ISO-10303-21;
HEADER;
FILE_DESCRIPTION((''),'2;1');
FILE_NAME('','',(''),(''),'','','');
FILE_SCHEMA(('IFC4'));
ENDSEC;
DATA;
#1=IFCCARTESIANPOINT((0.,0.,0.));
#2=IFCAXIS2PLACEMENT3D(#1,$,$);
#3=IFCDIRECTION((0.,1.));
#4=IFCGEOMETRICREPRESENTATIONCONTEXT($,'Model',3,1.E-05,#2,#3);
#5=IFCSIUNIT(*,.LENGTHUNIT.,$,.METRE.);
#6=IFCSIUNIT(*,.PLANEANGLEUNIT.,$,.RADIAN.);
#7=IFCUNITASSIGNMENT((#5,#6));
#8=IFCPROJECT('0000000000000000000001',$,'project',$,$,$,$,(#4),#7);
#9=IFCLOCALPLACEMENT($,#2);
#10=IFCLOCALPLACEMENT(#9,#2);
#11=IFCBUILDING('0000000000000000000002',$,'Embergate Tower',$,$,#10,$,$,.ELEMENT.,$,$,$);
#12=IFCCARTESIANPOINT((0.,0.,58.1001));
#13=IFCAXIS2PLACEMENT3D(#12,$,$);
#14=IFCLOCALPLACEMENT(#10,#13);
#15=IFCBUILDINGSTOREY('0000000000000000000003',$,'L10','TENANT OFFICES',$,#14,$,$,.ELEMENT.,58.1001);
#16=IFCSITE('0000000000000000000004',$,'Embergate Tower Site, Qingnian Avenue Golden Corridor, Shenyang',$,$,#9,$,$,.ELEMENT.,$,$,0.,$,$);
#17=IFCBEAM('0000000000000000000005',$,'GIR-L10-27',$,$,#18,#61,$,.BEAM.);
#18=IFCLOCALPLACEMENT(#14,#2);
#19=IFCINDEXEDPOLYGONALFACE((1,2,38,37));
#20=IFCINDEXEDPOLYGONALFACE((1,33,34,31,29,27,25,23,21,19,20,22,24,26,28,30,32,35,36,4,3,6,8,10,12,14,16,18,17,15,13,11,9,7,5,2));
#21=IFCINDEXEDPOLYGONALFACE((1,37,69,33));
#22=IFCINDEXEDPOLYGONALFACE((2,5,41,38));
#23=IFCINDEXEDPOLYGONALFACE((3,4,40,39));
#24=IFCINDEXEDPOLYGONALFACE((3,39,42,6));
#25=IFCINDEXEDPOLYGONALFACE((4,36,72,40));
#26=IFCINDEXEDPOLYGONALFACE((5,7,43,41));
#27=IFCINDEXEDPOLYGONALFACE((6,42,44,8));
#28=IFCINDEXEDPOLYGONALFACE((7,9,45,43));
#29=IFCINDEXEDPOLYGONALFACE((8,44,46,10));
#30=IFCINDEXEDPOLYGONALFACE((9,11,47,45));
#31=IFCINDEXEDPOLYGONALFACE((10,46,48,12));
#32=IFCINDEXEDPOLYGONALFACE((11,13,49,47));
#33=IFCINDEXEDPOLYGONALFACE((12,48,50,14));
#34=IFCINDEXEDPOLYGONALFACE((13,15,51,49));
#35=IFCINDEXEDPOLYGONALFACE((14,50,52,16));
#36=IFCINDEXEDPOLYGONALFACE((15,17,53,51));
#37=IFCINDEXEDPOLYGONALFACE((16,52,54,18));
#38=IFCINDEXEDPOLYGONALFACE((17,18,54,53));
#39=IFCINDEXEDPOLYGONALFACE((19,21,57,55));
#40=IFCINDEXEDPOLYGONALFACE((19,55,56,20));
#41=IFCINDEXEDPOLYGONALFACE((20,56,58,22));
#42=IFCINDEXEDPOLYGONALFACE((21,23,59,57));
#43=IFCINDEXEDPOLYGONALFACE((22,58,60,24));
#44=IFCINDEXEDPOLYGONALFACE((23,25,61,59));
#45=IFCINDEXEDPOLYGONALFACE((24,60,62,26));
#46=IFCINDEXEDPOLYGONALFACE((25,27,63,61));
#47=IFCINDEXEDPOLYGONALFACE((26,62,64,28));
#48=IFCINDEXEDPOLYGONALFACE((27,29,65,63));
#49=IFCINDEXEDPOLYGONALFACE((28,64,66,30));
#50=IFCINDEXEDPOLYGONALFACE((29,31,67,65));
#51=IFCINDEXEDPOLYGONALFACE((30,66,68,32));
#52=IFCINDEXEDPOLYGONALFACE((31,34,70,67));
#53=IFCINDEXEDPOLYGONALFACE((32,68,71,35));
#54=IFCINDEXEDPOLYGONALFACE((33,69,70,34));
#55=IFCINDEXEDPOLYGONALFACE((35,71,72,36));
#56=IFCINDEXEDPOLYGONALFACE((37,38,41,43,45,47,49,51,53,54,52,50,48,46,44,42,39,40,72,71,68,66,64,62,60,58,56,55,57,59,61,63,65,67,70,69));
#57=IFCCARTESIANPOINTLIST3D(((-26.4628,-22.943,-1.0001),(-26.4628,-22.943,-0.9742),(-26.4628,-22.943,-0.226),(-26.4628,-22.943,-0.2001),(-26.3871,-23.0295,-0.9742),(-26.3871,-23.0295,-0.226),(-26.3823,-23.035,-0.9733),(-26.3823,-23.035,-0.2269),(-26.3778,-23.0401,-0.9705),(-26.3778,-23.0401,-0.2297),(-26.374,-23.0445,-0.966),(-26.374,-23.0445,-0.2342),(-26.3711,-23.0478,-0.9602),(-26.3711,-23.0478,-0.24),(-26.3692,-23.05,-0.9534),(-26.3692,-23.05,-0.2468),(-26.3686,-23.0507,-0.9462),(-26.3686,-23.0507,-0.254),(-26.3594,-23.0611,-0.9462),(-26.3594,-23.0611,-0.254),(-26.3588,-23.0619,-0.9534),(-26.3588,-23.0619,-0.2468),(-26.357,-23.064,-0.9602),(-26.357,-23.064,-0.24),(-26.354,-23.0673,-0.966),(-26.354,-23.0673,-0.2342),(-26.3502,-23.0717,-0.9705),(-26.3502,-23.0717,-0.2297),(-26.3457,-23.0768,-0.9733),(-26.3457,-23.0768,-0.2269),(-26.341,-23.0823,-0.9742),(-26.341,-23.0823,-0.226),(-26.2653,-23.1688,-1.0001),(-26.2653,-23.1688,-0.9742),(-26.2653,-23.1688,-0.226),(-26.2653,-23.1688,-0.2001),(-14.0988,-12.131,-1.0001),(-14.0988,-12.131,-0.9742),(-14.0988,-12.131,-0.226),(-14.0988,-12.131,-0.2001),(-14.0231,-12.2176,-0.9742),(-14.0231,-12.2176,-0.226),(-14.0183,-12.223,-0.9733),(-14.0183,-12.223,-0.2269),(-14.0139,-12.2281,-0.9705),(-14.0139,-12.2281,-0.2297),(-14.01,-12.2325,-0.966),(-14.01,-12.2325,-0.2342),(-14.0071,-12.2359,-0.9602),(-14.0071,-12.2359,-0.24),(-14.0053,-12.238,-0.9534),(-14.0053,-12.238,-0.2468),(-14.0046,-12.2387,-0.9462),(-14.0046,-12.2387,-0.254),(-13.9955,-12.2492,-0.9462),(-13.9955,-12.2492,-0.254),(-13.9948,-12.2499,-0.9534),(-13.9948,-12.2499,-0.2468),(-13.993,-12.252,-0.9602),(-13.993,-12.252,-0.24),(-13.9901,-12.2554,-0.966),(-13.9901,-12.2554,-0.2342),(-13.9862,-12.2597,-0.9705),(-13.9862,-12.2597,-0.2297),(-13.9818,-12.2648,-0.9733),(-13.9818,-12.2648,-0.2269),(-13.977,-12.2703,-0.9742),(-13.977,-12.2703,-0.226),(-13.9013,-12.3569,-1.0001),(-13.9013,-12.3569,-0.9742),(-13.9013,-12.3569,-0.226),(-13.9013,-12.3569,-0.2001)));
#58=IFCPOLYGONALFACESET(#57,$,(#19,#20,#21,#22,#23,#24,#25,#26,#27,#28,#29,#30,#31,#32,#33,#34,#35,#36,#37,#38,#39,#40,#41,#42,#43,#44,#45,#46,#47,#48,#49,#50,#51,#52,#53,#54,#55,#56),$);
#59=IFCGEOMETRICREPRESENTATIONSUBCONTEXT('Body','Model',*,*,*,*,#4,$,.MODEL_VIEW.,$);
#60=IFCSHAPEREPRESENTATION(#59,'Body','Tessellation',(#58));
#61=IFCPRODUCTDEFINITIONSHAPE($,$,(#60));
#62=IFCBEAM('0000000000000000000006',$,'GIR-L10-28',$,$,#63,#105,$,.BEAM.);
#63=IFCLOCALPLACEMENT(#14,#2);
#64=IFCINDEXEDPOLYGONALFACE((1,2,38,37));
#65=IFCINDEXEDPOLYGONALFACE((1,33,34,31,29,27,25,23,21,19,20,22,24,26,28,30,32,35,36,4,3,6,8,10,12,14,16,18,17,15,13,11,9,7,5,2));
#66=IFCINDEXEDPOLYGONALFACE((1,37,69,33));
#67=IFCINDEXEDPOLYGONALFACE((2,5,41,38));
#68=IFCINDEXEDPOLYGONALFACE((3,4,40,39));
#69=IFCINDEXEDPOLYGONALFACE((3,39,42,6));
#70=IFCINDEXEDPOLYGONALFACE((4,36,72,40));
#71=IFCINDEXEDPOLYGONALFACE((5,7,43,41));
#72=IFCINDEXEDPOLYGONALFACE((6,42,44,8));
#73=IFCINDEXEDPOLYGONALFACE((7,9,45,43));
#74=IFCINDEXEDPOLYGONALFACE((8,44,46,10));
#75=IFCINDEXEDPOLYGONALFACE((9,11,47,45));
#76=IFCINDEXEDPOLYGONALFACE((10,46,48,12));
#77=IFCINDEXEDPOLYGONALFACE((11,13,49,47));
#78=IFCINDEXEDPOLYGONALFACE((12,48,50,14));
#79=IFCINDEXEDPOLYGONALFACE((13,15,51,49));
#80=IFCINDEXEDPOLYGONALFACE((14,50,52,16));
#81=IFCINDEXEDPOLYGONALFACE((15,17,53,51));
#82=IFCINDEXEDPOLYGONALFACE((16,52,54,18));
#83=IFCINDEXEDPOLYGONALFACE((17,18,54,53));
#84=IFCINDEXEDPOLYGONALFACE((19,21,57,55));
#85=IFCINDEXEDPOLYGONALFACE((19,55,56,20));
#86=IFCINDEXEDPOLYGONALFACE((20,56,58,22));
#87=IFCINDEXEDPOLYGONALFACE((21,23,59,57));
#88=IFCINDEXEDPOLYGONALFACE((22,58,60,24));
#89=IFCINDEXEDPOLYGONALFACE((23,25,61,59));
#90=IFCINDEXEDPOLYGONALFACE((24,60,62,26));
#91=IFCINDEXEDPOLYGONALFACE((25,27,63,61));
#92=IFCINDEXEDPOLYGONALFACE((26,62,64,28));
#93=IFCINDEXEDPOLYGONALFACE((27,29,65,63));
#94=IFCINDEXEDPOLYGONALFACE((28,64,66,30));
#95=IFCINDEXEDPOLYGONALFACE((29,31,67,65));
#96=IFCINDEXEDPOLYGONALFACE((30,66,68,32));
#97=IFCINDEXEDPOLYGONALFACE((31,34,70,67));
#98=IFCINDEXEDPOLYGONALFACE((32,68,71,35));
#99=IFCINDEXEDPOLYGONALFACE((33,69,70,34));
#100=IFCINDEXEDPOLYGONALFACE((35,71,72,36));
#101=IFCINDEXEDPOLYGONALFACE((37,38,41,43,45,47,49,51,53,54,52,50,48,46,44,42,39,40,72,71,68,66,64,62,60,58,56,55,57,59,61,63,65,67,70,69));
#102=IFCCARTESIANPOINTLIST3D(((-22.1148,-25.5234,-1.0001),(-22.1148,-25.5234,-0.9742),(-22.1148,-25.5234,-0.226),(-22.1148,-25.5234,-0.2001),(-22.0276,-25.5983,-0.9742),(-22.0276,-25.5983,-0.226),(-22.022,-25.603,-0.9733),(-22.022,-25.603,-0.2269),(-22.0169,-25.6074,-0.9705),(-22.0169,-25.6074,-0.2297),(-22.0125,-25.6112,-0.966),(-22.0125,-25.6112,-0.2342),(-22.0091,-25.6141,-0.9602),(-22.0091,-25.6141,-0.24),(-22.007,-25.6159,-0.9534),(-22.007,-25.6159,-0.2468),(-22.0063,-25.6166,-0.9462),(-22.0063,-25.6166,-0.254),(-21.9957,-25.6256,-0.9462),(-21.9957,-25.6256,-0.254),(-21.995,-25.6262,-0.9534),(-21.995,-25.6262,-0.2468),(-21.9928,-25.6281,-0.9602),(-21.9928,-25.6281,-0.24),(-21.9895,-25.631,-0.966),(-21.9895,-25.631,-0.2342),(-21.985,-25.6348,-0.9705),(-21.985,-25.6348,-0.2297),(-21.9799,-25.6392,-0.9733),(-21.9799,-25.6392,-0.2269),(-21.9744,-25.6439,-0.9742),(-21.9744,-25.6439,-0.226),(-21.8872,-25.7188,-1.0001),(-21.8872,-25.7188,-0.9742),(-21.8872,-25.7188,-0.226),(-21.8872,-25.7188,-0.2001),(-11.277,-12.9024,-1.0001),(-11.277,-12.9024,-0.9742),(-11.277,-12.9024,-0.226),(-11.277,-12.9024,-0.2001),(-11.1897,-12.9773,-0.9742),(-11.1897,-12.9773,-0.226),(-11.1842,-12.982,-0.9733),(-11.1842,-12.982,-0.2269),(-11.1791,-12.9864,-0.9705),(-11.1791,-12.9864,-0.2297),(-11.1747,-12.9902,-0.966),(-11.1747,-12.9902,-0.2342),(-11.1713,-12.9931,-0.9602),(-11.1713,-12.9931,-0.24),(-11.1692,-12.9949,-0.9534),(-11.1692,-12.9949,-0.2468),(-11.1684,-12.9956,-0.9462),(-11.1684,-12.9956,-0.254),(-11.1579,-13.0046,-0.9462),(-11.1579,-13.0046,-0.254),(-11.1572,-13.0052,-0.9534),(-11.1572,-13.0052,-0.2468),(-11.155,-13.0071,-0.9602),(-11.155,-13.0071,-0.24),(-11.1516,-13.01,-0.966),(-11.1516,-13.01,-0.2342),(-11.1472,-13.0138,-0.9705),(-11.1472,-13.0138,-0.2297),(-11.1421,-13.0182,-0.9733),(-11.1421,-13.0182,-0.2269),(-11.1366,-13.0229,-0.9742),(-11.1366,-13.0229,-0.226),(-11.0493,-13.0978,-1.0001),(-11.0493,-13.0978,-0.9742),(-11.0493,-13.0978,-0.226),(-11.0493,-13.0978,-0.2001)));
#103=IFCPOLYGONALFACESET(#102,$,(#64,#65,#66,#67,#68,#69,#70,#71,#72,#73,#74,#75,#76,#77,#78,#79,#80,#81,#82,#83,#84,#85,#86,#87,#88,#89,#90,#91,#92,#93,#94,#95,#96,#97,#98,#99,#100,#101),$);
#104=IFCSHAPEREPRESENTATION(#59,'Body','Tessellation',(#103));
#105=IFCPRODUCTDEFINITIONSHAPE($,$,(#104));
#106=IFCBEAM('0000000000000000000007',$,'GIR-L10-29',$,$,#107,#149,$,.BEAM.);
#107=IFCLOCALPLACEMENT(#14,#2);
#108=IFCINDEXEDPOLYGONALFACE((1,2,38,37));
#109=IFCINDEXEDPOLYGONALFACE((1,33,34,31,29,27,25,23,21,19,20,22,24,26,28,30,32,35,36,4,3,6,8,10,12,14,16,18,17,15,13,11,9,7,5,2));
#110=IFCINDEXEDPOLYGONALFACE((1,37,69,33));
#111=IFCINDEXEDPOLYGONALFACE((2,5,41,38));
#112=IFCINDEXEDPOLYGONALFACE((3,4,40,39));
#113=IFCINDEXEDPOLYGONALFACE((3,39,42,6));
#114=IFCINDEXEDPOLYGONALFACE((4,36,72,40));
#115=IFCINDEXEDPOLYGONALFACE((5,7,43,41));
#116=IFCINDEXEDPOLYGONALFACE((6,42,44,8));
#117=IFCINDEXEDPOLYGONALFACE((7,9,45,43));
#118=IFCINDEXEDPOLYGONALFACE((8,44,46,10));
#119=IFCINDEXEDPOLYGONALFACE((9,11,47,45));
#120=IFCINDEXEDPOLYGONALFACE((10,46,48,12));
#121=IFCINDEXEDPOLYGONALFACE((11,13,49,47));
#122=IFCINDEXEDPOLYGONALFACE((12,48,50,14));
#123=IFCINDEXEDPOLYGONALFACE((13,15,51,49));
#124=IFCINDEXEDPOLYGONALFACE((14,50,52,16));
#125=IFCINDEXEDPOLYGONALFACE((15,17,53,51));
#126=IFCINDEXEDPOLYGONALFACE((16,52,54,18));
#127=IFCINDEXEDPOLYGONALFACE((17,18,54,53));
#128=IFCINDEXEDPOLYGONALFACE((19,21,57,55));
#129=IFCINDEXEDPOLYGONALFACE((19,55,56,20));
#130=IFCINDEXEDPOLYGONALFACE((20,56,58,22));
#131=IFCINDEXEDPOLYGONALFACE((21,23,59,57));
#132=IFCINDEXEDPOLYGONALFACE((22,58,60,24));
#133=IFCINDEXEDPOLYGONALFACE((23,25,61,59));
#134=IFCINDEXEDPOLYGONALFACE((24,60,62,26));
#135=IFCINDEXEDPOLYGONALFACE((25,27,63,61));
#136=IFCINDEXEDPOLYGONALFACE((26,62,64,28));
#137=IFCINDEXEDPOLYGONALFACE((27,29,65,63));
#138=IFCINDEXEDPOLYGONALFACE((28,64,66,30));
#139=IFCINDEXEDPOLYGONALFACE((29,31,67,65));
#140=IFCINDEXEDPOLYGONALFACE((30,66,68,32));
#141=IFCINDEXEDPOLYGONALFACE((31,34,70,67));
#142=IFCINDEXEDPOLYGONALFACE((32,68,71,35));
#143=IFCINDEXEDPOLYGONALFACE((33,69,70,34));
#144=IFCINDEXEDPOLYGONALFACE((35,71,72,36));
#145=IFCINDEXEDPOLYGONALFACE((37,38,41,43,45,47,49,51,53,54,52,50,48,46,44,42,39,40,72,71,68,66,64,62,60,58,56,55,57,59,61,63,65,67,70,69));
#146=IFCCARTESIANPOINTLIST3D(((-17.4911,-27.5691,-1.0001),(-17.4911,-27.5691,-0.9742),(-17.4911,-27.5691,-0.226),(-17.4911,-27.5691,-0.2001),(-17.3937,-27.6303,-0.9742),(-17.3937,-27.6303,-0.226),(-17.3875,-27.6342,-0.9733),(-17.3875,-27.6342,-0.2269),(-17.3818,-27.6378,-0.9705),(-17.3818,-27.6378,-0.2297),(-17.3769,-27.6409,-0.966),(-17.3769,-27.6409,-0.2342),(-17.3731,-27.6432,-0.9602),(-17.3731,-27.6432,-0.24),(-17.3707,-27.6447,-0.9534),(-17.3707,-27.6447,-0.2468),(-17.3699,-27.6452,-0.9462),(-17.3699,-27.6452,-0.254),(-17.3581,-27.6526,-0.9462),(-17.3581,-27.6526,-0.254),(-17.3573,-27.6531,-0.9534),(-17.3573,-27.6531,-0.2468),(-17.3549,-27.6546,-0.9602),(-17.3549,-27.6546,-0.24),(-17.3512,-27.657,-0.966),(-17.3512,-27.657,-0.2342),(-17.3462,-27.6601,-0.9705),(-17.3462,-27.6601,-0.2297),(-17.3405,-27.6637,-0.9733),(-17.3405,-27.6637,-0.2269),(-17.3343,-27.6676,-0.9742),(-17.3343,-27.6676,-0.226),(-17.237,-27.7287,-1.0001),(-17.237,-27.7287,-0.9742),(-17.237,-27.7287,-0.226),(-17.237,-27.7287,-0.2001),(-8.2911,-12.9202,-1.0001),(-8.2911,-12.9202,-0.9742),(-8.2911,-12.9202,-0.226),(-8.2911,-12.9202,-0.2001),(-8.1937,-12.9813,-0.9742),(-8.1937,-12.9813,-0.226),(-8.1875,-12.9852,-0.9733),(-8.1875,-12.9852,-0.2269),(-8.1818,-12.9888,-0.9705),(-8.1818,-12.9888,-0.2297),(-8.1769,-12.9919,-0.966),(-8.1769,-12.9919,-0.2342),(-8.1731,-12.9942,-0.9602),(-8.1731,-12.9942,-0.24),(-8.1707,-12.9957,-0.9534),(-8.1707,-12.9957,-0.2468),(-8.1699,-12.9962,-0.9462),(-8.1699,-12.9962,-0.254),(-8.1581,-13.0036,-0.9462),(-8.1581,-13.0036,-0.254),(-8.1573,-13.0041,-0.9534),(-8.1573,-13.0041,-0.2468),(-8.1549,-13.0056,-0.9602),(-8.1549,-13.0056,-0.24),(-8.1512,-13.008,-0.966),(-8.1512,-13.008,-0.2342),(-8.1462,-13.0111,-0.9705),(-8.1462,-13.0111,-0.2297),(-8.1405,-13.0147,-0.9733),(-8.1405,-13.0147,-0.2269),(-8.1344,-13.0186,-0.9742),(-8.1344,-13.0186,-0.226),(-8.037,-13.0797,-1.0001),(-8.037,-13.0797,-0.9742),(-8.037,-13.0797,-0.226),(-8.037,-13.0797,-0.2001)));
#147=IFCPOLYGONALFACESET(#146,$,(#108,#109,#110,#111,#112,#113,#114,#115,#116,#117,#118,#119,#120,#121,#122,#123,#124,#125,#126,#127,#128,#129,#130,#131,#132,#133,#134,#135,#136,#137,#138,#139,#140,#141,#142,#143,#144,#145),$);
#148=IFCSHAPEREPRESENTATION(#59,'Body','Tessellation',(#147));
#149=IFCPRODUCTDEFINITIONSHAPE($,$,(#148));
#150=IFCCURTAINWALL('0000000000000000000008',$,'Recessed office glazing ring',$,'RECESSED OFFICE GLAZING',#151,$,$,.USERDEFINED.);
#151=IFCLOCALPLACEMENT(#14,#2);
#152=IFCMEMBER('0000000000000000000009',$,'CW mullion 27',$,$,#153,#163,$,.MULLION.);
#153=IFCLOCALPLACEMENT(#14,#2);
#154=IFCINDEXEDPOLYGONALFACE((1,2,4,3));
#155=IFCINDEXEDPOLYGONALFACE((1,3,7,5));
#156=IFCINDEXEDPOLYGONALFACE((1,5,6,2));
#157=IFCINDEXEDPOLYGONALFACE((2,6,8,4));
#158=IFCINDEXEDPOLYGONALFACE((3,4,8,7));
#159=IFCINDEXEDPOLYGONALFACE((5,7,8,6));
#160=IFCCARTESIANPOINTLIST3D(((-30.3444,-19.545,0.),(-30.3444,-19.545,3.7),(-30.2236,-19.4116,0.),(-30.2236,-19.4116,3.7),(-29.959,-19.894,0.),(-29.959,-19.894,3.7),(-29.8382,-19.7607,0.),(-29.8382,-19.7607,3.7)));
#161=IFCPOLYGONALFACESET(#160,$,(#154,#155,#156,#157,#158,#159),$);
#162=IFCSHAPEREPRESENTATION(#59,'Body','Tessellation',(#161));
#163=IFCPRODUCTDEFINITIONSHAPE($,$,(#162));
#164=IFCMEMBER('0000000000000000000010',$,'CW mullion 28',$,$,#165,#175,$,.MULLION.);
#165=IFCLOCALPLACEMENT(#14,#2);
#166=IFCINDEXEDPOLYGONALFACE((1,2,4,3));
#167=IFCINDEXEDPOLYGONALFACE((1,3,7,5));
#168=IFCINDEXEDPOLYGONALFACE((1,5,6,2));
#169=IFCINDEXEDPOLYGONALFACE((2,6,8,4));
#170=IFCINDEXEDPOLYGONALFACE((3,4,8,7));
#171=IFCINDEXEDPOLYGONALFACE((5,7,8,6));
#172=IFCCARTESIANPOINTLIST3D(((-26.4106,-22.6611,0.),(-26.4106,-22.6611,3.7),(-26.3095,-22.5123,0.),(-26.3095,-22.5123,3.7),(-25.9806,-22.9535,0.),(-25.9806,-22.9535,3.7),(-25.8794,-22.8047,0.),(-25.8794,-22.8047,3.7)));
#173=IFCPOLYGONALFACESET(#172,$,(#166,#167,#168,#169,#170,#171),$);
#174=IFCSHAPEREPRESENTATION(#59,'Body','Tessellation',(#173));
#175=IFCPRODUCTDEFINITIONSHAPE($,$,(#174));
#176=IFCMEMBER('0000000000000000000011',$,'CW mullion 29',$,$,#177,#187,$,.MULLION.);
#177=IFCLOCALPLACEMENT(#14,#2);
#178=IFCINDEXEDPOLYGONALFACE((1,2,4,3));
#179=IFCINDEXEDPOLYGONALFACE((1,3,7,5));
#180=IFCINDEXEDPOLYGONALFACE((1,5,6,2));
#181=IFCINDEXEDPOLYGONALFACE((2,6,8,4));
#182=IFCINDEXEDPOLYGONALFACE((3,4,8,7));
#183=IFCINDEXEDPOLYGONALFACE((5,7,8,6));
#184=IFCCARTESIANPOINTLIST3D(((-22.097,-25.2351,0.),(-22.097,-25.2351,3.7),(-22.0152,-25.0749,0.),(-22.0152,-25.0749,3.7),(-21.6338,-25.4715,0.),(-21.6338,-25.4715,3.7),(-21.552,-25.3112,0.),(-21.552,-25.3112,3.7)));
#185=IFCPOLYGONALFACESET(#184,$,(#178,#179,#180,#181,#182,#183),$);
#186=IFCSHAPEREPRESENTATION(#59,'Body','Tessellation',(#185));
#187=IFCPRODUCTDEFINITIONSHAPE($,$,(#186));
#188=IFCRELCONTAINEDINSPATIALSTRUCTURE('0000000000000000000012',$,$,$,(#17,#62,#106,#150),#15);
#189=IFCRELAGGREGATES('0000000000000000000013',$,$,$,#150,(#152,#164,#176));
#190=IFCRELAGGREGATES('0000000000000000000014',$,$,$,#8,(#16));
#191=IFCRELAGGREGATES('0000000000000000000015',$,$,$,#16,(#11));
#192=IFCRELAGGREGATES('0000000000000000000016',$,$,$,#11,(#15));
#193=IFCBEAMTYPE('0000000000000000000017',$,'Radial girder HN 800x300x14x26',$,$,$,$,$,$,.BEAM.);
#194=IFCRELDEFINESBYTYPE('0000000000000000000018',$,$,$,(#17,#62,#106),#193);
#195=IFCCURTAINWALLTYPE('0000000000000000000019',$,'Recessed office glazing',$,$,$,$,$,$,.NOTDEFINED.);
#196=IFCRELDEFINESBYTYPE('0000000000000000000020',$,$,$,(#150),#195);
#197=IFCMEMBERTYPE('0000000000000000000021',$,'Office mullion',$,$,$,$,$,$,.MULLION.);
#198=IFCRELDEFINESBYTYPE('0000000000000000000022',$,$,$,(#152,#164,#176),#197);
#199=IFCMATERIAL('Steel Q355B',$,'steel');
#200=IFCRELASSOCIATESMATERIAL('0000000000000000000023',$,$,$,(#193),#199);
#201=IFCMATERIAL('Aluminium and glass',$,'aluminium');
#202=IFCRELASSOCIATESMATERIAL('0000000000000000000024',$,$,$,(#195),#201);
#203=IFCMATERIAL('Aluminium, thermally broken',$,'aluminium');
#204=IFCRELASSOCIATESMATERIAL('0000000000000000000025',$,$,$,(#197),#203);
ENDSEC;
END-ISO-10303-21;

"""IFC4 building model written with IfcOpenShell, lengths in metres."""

from ifc_helpers import new_model, si_unit, direction, frame, origin, origin_2d, place, context, subcontext, project, spatial, rectangle, i_section, extrude, source, transform, mapped, material, material_profile, profile_set, type_object, element, aggregate, save


model = new_model("IFC4")

# Units and contexts
model_context = context("Model", 3, precision=1e-05, world=origin(), true_north=direction((0.0, 1.0)))
body_context = subcontext(model_context, "Body", "Model", "MODEL_VIEW")
ifc_project = project(units=[si_unit("LENGTHUNIT", "METRE"), si_unit("PLANEANGLEUNIT", "RADIAN")], contexts=[model_context])

# Site, building, storey
site_placement = place(None, origin())
site = spatial("IfcSite", under=ifc_project, at=site_placement, Name="Embergate Tower Site, Qingnian Avenue Golden Corridor, Shenyang", CompositionType="ELEMENT", RefElevation=0.0)
building_placement = place(site_placement, origin())
building = spatial("IfcBuilding", under=site, at=building_placement, Name="Embergate Tower", CompositionType="ELEMENT")
storey_placement = place(building_placement, frame((0.0, 0.0, 58.1001)))
storey = spatial("IfcBuildingStorey", under=building, at=storey_placement, Name="L10", Description="TENANT OFFICES", CompositionType="ELEMENT", Elevation=58.1001)

# Beams
ifc_material_1 = material(Name="Steel Q355B", Category="steel")
ifc_material_profile_1 = material_profile(ifc_material_1, i_section(OverallWidth=0.3, OverallDepth=0.8, WebThickness=0.0139, FlangeThickness=0.0259, FilletRadius=0.0281, at=origin_2d()), Name="HN 800x300x14x26")
ifc_profile_set_1 = profile_set([ifc_material_profile_1], Name="Steel Q355 grade B")
beam_type_1 = type_object("IfcBeamType", Name="Radial girder HN 800x300x14x26", PredefinedType="BEAM", material=ifc_profile_set_1)
shared_shape_1 = source(origin(), body_context, "Body", "SweptSolid", [
    extrude(i_section(OverallWidth=0.3, OverallDepth=0.8, WebThickness=0.0139, FlangeThickness=0.0259, FilletRadius=0.0281, at=origin_2d()), origin(), (0.0, 0.0, 1.0), 16.4246),
])
beam_1_placement = place(storey_placement, frame((-26.364, -23.0559, -0.6001), z_axis=(0.752773, 0.65828, 0.0), x_axis=(-0.65828, 0.752773, 0.0)))
element("IfcBeam", 1, at=beam_1_placement, inside=storey, type_object=beam_type_1, Name="GIR-L10-27", PredefinedType="BEAM", context=body_context, shape_type="MappedRepresentation", body=[
    mapped(shared_shape_1, transform((0.0, 0.0, 0.0))),
])
shared_shape_2 = source(origin(), body_context, "Body", "SweptSolid", [
    extrude(i_section(OverallWidth=0.3, OverallDepth=0.8, WebThickness=0.0139, FlangeThickness=0.0259, FilletRadius=0.0281, at=origin_2d()), origin(), (0.0, 0.0, 1.0), 16.6357),
])
beam_2_placement = place(storey_placement, frame((-22.001, -25.6211, -0.6001), z_axis=(0.651478, 0.758668, 0.0), x_axis=(-0.758668, 0.651478, 0.0)))
element("IfcBeam", 2, at=beam_2_placement, inside=storey, type_object=beam_type_1, Name="GIR-L10-28", PredefinedType="BEAM", context=body_context, shape_type="MappedRepresentation", body=[
    mapped(shared_shape_2, transform((0.0, 0.0, 0.0))),
])
shared_shape_3 = source(origin(), body_context, "Body", "SweptSolid", [
    extrude(i_section(OverallWidth=0.3, OverallDepth=0.8, WebThickness=0.0139, FlangeThickness=0.0259, FilletRadius=0.0281, at=origin_2d()), origin(), (0.0, 0.0, 1.0), 17.2983),
])
beam_3_placement = place(storey_placement, frame((-17.364, -27.6489, -0.6001), z_axis=(0.531842, 0.846843, 0.0), x_axis=(-0.846843, 0.531842, 0.0)))
element("IfcBeam", 3, at=beam_3_placement, inside=storey, type_object=beam_type_1, Name="GIR-L10-29", PredefinedType="BEAM", context=body_context, shape_type="MappedRepresentation", body=[
    mapped(shared_shape_3, transform((0.0, 0.0, 0.0))),
])

# Curtain wall, members
ifc_material_2 = material(Name="Aluminium and glass", Category="aluminium")
curtain_wall_type = type_object("IfcCurtainWallType", Name="Recessed office glazing", PredefinedType="NOTDEFINED", material=ifc_material_2)
curtain_wall_placement = place(storey_placement, origin())
curtain_wall = element("IfcCurtainWall", 4, at=curtain_wall_placement, inside=storey, type_object=curtain_wall_type, Name="Recessed office glazing ring", ObjectType="RECESSED OFFICE GLAZING", PredefinedType="USERDEFINED")
ifc_material_3 = material(Name="Aluminium, thermally broken", Category="aluminium")
ifc_material_profile_2 = material_profile(ifc_material_3, rectangle(XDim=0.1799, YDim=0.52, at=origin_2d()), Name="AL 520x180")
ifc_profile_set_2 = profile_set([ifc_material_profile_2], Name="Aluminium, thermally broken")
member_type_1 = type_object("IfcMemberType", Name="Office mullion", PredefinedType="MULLION", material=ifc_profile_set_2)
shared_shape_4 = source(origin(), body_context, "Body", "SweptSolid", [
    extrude(rectangle(XDim=0.1799, YDim=0.52, at=origin_2d()), origin(), (0.0, 0.0, 1.0), 3.7),
])
member_1_placement = place(storey_placement, frame((-30.0913, -19.6528, 0.0), z_axis=(0.0, 0.0, 1.0), x_axis=(0.671239, 0.741241, 0.0)))
member_1 = element("IfcMember", 5, at=member_1_placement, type_object=member_type_1, Name="CW mullion 27", PredefinedType="MULLION", context=body_context, shape_type="MappedRepresentation", body=[
    mapped(shared_shape_4, transform((0.0, 0.0, 0.0))),
])
member_2_placement = place(storey_placement, frame((-26.145, -22.7329, 0.0), z_axis=(0.0, 0.0, 1.0), x_axis=(0.562229, 0.826981, 0.0)))
member_2 = element("IfcMember", 6, at=member_2_placement, type_object=member_type_1, Name="CW mullion 28", PredefinedType="MULLION", context=body_context, shape_type="MappedRepresentation", body=[
    mapped(shared_shape_4, transform((0.0, 0.0, 0.0))),
])
member_3_placement = place(storey_placement, frame((-21.8245, -25.2732, 0.0), z_axis=(0.0, 0.0, 1.0), x_axis=(0.454521, 0.890736, 0.0)))
member_3 = element("IfcMember", 7, at=member_3_placement, type_object=member_type_1, Name="CW mullion 29", PredefinedType="MULLION", context=body_context, shape_type="MappedRepresentation", body=[
    mapped(shared_shape_4, transform((0.0, 0.0, 0.0))),
])
aggregate(curtain_wall, [member_1, member_2, member_3])

save(model, "model.ifc")
